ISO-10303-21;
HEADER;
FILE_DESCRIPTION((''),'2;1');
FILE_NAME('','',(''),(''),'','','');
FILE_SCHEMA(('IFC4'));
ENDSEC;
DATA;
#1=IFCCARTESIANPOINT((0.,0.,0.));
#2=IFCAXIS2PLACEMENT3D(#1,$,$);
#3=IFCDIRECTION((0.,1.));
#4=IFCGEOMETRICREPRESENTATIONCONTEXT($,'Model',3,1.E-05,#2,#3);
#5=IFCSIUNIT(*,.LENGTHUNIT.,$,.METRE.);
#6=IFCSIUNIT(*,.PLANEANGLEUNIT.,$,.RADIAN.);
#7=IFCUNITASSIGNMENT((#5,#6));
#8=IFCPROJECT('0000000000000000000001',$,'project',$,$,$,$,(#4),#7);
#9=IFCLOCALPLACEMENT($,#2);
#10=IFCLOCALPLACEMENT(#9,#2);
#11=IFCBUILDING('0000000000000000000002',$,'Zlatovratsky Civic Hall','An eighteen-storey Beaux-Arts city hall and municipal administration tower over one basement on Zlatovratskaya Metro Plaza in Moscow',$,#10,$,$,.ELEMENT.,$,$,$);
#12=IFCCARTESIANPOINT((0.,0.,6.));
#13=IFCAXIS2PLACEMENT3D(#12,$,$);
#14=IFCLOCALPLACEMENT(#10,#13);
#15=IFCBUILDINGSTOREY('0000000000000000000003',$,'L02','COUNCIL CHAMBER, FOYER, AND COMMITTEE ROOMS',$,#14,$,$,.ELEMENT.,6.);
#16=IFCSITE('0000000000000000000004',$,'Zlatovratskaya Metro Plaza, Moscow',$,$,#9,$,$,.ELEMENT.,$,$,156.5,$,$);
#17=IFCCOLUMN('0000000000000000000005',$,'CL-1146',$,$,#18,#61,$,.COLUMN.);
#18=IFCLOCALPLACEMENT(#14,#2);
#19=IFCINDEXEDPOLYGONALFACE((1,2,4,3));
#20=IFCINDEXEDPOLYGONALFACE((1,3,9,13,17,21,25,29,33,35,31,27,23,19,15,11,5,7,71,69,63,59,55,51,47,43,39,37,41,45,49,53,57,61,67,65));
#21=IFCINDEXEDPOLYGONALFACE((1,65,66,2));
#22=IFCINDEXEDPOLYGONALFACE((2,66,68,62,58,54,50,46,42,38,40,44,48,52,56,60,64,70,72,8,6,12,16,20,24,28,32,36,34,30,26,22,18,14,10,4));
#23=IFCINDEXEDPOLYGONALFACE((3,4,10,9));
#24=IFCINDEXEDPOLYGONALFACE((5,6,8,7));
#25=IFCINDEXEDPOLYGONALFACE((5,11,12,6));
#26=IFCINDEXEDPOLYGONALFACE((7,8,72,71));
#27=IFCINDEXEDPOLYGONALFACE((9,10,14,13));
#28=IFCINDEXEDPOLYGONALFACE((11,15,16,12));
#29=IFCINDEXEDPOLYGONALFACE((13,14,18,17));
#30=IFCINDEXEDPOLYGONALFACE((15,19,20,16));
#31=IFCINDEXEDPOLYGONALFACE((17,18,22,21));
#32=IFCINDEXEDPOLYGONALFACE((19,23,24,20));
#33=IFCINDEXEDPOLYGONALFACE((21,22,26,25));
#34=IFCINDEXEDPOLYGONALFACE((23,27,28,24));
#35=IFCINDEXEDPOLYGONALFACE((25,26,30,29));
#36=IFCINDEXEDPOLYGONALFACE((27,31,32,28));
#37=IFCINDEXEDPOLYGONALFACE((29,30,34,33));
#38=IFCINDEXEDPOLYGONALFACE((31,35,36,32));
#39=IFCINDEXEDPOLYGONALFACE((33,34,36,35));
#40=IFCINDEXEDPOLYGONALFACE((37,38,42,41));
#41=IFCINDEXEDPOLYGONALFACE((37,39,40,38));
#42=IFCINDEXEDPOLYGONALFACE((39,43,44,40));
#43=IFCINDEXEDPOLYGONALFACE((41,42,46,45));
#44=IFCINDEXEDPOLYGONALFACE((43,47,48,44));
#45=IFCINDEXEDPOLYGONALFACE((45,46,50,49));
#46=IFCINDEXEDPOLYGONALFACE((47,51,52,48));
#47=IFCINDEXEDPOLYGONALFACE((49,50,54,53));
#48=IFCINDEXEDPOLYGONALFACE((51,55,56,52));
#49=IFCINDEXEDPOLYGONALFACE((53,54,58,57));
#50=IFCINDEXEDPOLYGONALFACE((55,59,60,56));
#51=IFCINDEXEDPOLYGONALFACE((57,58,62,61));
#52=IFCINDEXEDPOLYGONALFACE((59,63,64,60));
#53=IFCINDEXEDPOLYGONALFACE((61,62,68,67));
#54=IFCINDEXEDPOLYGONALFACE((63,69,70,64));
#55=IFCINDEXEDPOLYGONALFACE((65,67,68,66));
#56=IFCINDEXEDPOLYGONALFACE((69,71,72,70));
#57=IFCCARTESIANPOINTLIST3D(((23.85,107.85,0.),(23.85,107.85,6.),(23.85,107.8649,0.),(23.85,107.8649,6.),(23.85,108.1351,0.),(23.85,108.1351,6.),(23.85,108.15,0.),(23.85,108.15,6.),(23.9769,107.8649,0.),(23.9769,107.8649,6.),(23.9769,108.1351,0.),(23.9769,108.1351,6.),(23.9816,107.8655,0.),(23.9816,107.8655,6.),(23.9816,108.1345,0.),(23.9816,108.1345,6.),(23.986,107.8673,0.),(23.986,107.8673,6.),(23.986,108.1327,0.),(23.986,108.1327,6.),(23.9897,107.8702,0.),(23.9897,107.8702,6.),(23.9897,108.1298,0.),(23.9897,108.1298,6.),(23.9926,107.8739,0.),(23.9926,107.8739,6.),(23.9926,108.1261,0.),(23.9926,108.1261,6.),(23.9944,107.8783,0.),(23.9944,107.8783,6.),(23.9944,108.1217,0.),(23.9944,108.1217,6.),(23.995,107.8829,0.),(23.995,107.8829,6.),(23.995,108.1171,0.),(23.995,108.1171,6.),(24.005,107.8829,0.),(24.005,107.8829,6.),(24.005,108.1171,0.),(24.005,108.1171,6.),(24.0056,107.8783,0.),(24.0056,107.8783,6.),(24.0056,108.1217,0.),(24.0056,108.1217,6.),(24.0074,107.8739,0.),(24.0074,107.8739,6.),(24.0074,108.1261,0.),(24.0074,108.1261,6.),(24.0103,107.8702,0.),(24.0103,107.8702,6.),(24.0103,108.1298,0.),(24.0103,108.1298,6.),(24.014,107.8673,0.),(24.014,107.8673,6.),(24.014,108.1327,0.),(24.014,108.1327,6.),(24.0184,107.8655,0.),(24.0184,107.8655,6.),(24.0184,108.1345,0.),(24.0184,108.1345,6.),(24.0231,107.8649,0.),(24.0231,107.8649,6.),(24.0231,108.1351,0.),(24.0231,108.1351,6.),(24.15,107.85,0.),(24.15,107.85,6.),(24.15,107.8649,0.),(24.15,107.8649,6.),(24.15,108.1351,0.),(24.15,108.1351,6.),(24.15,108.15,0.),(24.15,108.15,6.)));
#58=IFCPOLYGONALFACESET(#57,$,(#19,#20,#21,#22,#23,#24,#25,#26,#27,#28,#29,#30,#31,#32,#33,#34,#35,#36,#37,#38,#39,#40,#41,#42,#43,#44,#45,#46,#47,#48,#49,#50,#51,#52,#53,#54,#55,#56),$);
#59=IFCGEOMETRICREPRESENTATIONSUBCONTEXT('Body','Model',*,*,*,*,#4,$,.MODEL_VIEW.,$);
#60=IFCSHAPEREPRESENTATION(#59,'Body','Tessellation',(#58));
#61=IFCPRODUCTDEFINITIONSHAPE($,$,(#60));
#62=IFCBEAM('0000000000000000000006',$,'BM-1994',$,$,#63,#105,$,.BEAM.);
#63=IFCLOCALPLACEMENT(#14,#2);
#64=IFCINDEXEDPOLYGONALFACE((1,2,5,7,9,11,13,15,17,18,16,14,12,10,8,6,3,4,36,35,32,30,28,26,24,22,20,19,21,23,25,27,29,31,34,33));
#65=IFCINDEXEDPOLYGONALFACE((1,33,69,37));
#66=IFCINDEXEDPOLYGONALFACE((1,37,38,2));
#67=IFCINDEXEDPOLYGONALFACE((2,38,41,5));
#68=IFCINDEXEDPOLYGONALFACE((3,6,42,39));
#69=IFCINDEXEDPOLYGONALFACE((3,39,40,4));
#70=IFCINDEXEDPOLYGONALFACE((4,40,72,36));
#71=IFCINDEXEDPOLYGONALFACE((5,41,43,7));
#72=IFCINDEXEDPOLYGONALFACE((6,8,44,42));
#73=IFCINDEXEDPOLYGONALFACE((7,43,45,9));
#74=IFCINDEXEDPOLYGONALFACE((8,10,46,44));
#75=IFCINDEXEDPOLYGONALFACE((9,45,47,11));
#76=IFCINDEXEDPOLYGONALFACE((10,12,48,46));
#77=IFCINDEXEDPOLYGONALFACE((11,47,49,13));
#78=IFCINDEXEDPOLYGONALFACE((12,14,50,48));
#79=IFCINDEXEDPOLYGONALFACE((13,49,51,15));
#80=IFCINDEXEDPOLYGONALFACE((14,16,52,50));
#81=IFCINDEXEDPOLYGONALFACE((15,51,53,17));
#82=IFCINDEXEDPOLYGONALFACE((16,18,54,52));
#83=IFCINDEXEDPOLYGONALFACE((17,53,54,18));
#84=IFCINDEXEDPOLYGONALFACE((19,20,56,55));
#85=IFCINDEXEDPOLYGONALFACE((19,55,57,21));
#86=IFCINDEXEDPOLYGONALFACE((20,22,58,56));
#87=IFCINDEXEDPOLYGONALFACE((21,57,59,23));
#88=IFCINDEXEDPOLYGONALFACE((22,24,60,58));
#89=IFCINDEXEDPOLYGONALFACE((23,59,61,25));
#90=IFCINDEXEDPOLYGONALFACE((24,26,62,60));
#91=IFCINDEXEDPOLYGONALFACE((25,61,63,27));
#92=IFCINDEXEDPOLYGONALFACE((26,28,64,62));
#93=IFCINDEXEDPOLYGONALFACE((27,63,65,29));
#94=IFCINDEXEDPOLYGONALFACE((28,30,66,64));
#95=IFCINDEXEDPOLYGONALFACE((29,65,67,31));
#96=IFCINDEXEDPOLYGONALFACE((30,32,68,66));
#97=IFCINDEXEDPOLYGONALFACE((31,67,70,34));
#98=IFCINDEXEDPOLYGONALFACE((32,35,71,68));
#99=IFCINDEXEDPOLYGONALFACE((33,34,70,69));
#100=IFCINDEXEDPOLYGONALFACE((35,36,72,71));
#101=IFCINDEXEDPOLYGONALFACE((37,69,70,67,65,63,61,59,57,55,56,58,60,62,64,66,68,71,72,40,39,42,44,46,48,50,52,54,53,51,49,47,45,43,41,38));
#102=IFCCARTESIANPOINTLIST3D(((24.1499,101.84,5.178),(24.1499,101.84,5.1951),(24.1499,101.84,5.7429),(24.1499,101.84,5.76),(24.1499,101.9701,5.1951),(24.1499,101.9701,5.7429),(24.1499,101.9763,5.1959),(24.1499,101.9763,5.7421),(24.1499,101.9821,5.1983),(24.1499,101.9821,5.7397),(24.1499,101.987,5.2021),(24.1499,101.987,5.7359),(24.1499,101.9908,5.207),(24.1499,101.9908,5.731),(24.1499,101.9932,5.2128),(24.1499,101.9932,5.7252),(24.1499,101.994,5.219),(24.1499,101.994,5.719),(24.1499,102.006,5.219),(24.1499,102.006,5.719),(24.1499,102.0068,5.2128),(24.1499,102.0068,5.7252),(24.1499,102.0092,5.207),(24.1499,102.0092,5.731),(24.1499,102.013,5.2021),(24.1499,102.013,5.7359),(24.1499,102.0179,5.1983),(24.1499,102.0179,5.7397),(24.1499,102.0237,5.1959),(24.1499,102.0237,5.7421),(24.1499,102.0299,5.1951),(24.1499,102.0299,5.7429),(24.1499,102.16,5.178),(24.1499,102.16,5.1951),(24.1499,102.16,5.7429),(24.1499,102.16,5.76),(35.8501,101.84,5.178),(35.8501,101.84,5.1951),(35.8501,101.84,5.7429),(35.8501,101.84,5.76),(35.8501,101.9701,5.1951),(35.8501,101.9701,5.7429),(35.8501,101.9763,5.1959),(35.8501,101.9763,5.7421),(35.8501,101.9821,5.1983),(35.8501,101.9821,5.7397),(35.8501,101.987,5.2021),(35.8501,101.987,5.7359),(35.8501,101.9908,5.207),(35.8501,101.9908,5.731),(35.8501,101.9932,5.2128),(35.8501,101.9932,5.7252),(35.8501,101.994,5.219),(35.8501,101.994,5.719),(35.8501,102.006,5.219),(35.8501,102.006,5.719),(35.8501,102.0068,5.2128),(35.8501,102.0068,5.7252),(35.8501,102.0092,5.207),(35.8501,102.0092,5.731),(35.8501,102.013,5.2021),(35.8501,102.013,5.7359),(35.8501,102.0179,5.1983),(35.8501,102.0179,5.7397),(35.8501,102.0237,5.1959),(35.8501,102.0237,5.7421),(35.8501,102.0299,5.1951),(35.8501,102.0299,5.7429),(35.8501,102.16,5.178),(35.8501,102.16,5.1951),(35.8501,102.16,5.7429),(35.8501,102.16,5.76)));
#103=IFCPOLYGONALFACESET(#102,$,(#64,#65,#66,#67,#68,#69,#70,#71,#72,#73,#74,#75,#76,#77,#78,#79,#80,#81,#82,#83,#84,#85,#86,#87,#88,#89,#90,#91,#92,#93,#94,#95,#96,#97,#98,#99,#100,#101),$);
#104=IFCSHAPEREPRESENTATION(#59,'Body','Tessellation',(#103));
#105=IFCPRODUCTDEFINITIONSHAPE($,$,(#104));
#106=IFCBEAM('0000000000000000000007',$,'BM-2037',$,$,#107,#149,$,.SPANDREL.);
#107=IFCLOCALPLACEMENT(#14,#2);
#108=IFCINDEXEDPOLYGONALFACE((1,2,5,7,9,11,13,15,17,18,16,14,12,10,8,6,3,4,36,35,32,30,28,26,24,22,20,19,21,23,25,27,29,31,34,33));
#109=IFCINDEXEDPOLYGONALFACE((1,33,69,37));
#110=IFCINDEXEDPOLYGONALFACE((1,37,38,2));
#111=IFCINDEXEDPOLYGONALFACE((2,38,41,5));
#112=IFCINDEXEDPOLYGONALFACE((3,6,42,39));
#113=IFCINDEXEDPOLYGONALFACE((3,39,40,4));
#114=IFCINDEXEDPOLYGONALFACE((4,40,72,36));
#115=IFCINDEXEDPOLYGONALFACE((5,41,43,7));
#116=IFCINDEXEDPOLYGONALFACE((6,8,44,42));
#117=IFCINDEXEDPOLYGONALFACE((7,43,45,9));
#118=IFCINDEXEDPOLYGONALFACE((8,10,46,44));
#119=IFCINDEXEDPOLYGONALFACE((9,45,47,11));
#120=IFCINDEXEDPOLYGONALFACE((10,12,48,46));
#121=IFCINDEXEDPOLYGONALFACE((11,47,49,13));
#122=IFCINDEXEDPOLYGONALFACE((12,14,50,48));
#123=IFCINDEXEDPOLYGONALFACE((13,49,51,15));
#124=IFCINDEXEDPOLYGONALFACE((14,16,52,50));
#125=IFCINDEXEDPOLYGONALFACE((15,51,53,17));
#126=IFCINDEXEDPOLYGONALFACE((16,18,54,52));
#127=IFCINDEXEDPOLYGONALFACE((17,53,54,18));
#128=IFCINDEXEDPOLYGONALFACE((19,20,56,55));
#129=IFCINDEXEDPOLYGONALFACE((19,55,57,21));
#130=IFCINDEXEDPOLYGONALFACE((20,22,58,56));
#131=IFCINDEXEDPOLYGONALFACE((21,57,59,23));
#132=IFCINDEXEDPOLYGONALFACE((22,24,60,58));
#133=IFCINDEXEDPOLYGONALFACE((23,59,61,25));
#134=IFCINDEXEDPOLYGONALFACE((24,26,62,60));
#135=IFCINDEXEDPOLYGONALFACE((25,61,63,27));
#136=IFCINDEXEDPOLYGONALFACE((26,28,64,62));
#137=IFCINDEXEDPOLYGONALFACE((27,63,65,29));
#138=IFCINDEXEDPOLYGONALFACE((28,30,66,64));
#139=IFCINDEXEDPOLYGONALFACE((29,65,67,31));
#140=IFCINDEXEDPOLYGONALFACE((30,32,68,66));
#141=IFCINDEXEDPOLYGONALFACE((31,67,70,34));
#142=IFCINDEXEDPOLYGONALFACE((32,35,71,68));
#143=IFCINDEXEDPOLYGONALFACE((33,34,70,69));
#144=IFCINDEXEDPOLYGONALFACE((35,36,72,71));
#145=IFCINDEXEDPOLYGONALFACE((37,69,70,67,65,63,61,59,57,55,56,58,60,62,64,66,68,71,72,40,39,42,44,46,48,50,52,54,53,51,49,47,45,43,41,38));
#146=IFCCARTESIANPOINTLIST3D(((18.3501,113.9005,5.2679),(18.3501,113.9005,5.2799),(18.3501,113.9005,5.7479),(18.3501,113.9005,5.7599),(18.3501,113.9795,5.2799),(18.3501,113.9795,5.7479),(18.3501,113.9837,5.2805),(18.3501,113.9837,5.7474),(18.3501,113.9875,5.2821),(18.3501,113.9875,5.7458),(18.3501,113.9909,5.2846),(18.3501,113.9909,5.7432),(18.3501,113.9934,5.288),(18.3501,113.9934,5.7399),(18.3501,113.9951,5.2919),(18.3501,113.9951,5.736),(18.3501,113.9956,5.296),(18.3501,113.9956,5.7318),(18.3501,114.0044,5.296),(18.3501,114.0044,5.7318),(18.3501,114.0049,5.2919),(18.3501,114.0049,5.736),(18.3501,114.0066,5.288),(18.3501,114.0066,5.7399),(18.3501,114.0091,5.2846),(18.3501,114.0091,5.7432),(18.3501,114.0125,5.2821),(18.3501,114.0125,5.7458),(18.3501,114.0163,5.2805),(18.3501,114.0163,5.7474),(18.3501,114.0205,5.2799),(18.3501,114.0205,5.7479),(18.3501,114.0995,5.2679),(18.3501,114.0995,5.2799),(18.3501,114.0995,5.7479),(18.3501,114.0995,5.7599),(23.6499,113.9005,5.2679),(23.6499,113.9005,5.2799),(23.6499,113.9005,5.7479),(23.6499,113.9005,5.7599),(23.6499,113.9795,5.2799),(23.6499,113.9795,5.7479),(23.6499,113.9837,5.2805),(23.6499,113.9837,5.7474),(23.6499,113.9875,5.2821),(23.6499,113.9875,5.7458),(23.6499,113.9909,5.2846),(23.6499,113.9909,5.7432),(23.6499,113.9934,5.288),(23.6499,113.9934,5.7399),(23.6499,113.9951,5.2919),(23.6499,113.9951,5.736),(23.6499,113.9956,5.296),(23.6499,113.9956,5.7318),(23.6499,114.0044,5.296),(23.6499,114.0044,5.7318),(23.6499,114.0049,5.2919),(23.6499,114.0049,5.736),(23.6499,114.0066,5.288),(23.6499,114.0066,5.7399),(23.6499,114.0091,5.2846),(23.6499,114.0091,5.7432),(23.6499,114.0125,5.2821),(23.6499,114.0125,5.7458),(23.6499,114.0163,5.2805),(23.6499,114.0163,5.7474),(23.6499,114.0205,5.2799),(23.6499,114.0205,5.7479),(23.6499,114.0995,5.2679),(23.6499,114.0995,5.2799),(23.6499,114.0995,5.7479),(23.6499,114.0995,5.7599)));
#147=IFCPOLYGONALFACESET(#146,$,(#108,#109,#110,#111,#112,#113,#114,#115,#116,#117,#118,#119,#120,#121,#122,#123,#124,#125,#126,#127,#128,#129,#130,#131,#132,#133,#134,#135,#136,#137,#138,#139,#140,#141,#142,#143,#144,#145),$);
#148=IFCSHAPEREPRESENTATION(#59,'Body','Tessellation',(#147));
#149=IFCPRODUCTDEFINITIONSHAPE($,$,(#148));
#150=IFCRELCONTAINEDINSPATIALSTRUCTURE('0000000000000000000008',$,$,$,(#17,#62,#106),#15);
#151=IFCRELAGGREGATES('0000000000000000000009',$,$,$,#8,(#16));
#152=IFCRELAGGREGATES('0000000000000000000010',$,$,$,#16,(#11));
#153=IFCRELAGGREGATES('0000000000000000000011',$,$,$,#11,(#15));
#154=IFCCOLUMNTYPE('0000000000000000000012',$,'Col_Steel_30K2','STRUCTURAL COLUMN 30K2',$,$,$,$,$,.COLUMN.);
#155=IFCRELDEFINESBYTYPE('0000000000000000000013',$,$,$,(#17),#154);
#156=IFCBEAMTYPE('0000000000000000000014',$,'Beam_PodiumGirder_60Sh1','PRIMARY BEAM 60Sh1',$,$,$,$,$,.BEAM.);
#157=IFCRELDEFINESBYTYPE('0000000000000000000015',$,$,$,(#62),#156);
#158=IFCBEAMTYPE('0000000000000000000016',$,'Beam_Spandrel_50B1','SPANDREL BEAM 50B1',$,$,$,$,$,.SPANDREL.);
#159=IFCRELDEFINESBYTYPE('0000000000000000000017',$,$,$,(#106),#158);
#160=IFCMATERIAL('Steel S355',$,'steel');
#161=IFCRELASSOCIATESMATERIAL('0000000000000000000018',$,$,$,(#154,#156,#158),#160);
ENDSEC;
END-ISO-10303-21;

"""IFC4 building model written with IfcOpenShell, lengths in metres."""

from ifc_helpers import new_model, si_unit, direction, frame, origin, origin_2d, place, context, subcontext, project, spatial, i_section, extrude, material, material_profile, profile_set, type_object, element, save


model = new_model("IFC4")

# Units and contexts
model_context = context("Model", 3, precision=1e-05, world=origin(), true_north=direction((0.0, 1.0)))
body_context = subcontext(model_context, "Body", "Model", "MODEL_VIEW")
ifc_project = project(units=[si_unit("LENGTHUNIT", "METRE"), si_unit("PLANEANGLEUNIT", "RADIAN")], contexts=[model_context])

# Site, building, storey
site_placement = place(None, origin())
site = spatial("IfcSite", under=ifc_project, at=site_placement, Name="Zlatovratskaya Metro Plaza, Moscow", CompositionType="ELEMENT", RefElevation=156.5)
building_placement = place(site_placement, origin())
building = spatial("IfcBuilding", under=site, at=building_placement, Name="Zlatovratsky Civic Hall", Description="An eighteen-storey Beaux-Arts city hall and municipal administration tower over one basement on Zlatovratskaya Metro Plaza in Moscow", CompositionType="ELEMENT")
storey_placement = place(building_placement, frame((0.0, 0.0, 6.0)))
storey = spatial("IfcBuildingStorey", under=building, at=storey_placement, Name="L02", Description="COUNCIL CHAMBER, FOYER, AND COMMITTEE ROOMS", CompositionType="ELEMENT", Elevation=6.0)

# Column
ifc_material_1 = material(Name="Steel S355", Category="steel")
ifc_material_profile_1 = material_profile(ifc_material_1, i_section(OverallWidth=0.3, OverallDepth=0.3, WebThickness=0.01, FlangeThickness=0.0149, FilletRadius=0.0181, at=origin_2d()), Name="30K2")
ifc_profile_set_1 = profile_set([ifc_material_profile_1], Name="Steel S355")
column_type_1 = type_object("IfcColumnType", Name="Col_Steel_30K2", Description="STRUCTURAL COLUMN 30K2", PredefinedType="COLUMN", material=ifc_profile_set_1)
for number, where, z_axis, x_axis, name in (
    (1, (24.0, 108.0, 0.0), (0.0, 0.0, 1.0), (1.0, 0.0, 0.0), "CL-1146"),
):
    element("IfcColumn", number, at=place(storey_placement, frame(where, z_axis=z_axis, x_axis=x_axis)), inside=storey, type_object=column_type_1, Name=name, PredefinedType="COLUMN", context=body_context, shape_type="SweptSolid", body=[
        extrude(i_section(OverallWidth=0.3, OverallDepth=0.3, WebThickness=0.01, FlangeThickness=0.0149, FilletRadius=0.0181, at=origin_2d()), origin(), (0.0, 0.0, 1.0), 6.0),
    ])

# Beams
ifc_material_profile_2 = material_profile(ifc_material_1, i_section(OverallWidth=0.3201, OverallDepth=0.582, WebThickness=0.012, FlangeThickness=0.0171, FilletRadius=0.0239, at=origin_2d()), Name="60Sh1")
ifc_profile_set_2 = profile_set([ifc_material_profile_2], Name="Steel S355")
beam_type_1 = type_object("IfcBeamType", Name="Beam_PodiumGirder_60Sh1", Description="PRIMARY BEAM 60Sh1", PredefinedType="BEAM", material=ifc_profile_set_2)
beam_1_placement = place(storey_placement, frame((24.1499, 102.0, 5.469), z_axis=(1.0, 0.0, 0.0), x_axis=(0.0, 1.0, 0.0)))
element("IfcBeam", 2, at=beam_1_placement, inside=storey, type_object=beam_type_1, Name="BM-1994", PredefinedType="BEAM", context=body_context, shape_type="SweptSolid", body=[
    extrude(i_section(OverallWidth=0.3201, OverallDepth=0.582, WebThickness=0.012, FlangeThickness=0.0171, FilletRadius=0.0239, at=origin_2d()), origin(), (0.0, 0.0, 1.0), 11.7002),
])
ifc_material_profile_3 = material_profile(ifc_material_1, i_section(OverallWidth=0.199, OverallDepth=0.4919, WebThickness=0.0088, FlangeThickness=0.012, FilletRadius=0.0161, at=origin_2d()), Name="50B1")
ifc_profile_set_3 = profile_set([ifc_material_profile_3], Name="Steel S355")
beam_type_2 = type_object("IfcBeamType", Name="Beam_Spandrel_50B1", Description="SPANDREL BEAM 50B1", PredefinedType="SPANDREL", material=ifc_profile_set_3)
beam_2_placement = place(storey_placement, frame((18.3501, 114.0, 5.5139), z_axis=(1.0, 0.0, 0.0), x_axis=(0.0, 1.0, 0.0)))
element("IfcBeam", 3, at=beam_2_placement, inside=storey, type_object=beam_type_2, Name="BM-2037", PredefinedType="SPANDREL", context=body_context, shape_type="SweptSolid", body=[
    extrude(i_section(OverallWidth=0.199, OverallDepth=0.4919, WebThickness=0.0088, FlangeThickness=0.012, FilletRadius=0.0161, at=origin_2d()), origin(), (0.0, 0.0, 1.0), 5.2998),
])

save(model, "model.ifc")
